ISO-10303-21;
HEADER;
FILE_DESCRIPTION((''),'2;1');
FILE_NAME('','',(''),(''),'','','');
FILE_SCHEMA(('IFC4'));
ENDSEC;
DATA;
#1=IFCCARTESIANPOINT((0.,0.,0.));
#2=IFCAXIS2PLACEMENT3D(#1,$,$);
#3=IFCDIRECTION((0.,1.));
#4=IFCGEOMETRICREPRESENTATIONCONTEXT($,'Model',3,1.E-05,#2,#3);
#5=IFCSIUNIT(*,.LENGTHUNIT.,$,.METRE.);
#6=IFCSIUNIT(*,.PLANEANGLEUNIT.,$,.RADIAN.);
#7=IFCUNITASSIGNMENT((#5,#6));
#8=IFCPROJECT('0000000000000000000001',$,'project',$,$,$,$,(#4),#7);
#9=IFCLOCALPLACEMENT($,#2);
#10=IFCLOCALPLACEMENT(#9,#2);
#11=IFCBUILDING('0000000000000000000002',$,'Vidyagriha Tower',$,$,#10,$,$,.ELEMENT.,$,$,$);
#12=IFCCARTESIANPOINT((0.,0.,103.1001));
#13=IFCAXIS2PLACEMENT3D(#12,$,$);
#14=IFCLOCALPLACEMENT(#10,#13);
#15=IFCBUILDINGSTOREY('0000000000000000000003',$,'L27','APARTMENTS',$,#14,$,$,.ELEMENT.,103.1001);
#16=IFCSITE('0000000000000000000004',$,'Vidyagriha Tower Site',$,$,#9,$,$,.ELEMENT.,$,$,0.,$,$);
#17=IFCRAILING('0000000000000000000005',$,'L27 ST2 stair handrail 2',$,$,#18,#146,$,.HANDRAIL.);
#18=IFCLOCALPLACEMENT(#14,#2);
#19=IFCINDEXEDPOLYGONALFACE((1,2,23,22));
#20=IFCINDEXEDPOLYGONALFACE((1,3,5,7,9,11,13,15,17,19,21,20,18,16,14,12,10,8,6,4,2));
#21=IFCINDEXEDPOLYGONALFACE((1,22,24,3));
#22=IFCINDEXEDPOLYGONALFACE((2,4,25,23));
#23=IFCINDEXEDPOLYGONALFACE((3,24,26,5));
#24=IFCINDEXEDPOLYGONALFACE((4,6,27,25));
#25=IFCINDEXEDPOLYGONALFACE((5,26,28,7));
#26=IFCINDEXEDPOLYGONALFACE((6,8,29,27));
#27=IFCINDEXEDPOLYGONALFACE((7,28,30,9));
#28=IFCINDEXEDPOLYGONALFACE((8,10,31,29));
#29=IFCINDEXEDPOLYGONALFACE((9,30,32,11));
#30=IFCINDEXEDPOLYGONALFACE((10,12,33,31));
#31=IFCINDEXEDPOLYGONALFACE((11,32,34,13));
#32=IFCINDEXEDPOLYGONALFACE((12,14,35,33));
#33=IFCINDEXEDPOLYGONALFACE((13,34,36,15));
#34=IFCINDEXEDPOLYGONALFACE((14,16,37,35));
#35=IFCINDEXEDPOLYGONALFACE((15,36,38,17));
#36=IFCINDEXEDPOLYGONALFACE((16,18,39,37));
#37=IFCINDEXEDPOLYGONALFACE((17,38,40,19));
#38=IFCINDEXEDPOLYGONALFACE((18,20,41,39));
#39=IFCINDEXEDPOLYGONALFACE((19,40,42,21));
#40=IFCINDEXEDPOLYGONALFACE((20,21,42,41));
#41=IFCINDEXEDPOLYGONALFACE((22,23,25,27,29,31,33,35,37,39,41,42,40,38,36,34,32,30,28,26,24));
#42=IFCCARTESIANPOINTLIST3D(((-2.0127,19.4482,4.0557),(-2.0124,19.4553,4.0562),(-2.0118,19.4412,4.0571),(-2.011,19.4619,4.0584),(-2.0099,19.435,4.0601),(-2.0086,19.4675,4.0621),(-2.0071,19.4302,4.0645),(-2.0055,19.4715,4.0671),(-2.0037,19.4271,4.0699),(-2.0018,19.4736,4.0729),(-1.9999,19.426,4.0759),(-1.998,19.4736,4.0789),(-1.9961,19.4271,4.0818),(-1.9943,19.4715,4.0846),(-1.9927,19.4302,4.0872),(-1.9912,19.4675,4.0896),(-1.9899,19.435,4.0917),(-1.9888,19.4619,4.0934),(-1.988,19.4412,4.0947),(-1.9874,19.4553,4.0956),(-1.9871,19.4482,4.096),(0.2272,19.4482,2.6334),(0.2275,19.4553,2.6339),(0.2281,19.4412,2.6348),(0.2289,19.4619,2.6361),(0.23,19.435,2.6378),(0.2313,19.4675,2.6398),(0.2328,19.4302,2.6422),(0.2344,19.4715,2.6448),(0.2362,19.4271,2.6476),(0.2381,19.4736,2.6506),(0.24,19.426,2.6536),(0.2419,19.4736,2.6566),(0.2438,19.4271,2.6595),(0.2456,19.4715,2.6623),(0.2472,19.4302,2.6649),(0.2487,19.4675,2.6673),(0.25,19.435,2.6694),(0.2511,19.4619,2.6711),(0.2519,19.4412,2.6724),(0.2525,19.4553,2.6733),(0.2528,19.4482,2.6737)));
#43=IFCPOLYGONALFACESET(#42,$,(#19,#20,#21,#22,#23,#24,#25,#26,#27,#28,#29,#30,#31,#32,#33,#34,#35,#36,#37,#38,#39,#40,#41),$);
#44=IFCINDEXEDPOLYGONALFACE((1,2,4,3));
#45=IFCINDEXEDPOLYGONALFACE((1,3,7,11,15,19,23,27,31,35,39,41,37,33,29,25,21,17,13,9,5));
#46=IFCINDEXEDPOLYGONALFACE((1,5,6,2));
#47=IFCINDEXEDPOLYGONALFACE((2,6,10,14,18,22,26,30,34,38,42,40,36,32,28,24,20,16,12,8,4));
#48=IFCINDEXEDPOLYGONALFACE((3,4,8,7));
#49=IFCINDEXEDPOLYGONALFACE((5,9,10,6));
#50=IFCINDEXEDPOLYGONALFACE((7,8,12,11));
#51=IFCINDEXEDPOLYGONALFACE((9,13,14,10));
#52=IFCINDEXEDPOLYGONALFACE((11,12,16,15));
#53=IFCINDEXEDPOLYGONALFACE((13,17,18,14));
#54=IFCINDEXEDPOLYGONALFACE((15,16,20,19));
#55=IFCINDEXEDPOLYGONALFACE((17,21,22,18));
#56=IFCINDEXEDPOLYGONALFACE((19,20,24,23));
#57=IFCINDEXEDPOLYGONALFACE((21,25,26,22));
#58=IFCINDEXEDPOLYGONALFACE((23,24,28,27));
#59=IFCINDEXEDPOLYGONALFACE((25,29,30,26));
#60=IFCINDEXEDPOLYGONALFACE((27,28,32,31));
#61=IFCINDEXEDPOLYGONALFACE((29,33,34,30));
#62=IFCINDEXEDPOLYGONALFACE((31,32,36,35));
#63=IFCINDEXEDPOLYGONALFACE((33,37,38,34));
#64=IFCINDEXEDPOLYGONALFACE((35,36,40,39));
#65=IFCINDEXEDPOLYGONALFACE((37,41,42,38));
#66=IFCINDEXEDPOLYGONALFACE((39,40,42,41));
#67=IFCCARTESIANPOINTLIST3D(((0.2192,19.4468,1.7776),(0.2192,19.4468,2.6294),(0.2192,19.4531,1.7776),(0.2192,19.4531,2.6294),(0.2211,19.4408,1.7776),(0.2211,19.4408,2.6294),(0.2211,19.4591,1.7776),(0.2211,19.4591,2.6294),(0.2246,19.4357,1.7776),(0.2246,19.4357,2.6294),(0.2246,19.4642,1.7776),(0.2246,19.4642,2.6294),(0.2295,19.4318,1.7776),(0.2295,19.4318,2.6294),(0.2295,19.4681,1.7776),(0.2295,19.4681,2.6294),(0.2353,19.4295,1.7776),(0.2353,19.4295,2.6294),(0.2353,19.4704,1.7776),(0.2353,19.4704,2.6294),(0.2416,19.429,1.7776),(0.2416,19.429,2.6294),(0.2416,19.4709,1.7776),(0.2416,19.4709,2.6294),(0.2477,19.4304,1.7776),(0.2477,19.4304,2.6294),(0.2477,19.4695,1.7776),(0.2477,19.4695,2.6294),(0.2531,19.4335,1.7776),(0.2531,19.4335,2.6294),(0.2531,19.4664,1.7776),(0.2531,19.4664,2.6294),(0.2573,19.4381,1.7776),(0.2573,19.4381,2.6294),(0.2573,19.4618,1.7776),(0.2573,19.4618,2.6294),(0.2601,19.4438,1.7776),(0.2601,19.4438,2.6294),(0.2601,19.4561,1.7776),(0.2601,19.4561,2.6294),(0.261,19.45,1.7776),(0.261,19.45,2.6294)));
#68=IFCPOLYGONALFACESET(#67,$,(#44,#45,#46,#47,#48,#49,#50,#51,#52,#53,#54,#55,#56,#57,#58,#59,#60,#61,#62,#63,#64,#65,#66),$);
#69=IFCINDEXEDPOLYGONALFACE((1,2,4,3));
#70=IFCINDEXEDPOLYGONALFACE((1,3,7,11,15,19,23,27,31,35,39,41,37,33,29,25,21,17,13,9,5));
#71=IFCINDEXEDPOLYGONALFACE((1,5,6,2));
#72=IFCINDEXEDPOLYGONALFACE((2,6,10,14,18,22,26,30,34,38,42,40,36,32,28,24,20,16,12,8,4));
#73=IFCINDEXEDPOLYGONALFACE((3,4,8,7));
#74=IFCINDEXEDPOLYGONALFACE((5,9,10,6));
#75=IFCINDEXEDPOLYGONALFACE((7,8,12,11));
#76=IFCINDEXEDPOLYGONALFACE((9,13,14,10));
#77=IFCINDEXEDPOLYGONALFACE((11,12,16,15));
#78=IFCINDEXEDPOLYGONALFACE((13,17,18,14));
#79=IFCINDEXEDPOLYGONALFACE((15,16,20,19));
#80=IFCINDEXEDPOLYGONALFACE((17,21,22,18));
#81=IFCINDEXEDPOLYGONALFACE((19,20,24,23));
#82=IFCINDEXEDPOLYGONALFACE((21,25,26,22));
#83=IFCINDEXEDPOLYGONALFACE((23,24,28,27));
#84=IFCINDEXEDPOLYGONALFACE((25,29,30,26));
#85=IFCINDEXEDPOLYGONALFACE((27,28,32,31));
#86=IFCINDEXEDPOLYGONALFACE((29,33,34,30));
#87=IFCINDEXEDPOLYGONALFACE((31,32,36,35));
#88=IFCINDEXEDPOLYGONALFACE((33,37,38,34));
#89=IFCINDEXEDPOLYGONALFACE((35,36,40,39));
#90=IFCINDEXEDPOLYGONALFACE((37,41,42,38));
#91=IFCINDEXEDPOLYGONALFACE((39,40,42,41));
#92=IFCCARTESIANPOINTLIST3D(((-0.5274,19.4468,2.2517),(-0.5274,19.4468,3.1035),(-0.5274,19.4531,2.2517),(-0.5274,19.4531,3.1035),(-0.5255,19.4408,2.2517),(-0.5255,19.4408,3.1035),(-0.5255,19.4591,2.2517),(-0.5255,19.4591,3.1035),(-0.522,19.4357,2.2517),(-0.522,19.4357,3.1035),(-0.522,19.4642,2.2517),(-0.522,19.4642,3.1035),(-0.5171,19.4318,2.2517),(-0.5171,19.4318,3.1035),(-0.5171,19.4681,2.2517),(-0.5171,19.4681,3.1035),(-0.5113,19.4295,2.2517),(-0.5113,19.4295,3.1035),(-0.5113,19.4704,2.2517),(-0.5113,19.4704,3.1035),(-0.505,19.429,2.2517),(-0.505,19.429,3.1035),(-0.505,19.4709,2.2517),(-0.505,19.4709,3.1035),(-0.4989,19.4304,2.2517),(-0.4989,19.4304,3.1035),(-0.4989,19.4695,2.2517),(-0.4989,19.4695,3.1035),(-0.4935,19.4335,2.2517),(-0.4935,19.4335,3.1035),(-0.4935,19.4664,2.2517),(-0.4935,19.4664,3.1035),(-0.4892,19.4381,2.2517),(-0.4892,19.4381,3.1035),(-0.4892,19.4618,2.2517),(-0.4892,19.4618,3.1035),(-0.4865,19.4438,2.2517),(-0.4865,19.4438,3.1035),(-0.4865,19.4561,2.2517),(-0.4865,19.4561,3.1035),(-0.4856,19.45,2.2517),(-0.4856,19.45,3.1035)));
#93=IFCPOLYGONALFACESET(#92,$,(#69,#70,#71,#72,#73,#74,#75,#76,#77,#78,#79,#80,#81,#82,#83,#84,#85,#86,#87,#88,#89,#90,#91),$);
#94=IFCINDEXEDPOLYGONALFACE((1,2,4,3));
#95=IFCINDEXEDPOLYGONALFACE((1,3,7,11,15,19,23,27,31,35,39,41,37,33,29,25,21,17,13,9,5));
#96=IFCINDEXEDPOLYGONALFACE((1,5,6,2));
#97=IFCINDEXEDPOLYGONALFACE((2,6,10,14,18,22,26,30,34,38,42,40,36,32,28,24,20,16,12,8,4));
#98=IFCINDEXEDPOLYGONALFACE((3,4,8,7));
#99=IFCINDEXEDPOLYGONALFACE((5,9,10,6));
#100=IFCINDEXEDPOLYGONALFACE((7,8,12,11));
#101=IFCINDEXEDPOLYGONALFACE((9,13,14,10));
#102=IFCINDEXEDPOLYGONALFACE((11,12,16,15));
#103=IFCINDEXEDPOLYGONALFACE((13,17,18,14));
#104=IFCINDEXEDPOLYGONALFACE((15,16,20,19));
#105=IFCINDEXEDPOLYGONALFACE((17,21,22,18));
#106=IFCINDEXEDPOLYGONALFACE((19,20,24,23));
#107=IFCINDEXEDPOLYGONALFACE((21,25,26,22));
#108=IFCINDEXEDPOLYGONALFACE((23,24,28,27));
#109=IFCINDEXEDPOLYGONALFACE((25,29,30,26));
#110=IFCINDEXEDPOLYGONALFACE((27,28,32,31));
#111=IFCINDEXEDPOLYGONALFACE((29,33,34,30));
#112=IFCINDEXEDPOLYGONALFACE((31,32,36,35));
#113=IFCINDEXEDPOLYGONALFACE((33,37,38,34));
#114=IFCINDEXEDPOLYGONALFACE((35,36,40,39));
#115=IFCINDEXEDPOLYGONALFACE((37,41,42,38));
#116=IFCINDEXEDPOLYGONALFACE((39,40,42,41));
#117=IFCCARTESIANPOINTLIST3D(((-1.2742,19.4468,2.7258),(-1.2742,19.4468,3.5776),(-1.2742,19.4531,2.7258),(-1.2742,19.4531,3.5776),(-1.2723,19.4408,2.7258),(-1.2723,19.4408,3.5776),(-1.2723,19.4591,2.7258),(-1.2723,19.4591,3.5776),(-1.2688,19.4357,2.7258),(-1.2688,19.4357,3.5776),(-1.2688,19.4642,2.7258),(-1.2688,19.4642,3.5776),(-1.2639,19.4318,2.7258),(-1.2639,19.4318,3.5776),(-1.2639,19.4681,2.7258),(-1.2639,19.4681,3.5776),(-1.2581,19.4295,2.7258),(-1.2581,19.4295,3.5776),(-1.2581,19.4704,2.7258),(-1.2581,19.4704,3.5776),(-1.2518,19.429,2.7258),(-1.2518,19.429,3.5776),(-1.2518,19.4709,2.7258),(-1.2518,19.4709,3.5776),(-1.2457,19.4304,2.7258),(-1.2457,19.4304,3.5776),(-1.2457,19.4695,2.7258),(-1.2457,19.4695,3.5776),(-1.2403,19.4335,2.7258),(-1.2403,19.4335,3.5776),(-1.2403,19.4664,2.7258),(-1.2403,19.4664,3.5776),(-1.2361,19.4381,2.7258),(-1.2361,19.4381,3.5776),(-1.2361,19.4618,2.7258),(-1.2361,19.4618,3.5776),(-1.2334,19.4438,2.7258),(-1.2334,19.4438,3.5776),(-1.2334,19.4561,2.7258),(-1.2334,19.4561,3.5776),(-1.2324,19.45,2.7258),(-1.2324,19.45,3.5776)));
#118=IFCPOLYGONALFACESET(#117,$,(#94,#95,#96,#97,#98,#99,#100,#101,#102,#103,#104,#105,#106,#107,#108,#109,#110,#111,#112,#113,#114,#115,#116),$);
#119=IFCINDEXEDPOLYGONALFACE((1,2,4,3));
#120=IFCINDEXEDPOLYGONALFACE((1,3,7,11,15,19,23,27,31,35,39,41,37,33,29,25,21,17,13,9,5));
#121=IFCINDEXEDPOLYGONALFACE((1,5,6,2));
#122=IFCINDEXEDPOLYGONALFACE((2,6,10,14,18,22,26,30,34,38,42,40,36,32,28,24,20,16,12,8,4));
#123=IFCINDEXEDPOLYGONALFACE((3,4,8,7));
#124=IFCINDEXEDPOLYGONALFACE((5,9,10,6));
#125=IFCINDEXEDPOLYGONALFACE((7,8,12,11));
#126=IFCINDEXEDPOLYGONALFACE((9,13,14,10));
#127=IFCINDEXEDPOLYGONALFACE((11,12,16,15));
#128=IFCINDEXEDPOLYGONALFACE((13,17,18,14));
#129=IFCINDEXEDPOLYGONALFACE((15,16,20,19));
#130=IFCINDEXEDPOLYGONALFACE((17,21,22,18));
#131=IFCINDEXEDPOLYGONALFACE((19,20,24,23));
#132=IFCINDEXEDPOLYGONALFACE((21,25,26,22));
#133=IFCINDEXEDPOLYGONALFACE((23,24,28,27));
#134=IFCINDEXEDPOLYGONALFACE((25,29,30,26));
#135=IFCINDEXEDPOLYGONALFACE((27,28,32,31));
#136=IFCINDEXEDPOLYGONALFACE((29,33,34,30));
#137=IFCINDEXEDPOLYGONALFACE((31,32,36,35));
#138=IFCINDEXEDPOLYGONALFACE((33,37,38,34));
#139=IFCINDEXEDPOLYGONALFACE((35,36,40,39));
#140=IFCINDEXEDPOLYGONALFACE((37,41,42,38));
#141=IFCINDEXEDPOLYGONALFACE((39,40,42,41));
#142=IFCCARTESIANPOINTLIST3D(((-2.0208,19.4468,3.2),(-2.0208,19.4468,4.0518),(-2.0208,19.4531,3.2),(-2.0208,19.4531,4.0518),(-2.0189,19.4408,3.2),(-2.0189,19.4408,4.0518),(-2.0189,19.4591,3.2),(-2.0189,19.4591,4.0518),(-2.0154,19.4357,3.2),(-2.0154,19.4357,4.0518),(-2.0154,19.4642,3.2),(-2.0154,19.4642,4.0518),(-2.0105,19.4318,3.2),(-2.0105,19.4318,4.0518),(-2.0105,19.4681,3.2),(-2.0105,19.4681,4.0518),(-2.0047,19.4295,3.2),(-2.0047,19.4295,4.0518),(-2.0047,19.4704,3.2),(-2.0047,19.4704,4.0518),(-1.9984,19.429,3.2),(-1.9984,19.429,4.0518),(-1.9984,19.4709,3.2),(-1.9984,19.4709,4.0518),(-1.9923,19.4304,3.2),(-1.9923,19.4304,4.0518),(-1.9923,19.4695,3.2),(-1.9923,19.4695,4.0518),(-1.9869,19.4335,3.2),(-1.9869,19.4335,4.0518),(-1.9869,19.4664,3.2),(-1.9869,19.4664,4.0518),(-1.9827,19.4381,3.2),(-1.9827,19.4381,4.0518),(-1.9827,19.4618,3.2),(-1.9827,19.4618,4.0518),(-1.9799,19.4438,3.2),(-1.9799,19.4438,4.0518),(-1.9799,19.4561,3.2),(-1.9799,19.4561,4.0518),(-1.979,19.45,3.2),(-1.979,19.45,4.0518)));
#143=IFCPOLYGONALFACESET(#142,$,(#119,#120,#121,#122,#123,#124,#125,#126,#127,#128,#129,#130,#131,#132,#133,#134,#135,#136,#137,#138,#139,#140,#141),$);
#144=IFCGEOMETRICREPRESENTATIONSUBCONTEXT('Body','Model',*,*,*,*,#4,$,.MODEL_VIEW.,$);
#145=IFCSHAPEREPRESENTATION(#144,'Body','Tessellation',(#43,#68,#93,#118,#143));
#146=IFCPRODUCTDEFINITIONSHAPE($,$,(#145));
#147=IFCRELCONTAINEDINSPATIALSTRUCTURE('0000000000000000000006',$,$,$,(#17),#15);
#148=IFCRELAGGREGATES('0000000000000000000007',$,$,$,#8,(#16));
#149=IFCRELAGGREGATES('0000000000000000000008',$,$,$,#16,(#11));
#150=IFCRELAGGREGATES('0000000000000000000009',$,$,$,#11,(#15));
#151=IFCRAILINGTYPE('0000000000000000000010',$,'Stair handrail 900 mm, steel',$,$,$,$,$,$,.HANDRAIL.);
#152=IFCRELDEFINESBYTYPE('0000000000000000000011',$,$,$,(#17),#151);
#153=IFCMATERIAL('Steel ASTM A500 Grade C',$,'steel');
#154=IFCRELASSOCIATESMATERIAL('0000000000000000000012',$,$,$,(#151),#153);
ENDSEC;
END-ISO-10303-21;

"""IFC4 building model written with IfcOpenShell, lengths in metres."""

from ifc_helpers import new_model, si_unit, direction, frame, origin, origin_2d, place, context, subcontext, project, spatial, circle, extrude, material, type_object, element, save


model = new_model("IFC4")

# Units and contexts
model_context = context("Model", 3, precision=1e-05, world=origin(), true_north=direction((0.0, 1.0)))
body_context = subcontext(model_context, "Body", "Model", "MODEL_VIEW")
ifc_project = project(units=[si_unit("LENGTHUNIT", "METRE"), si_unit("PLANEANGLEUNIT", "RADIAN")], contexts=[model_context])

# Site, building, storey
site_placement = place(None, origin())
site = spatial("IfcSite", under=ifc_project, at=site_placement, Name="Vidyagriha Tower Site", CompositionType="ELEMENT", RefElevation=0.0)
building_placement = place(site_placement, origin())
building = spatial("IfcBuilding", under=site, at=building_placement, Name="Vidyagriha Tower", CompositionType="ELEMENT")
storey_placement = place(building_placement, frame((0.0, 0.0, 103.1001)))
storey = spatial("IfcBuildingStorey", under=building, at=storey_placement, Name="L27", Description="APARTMENTS", CompositionType="ELEMENT", Elevation=103.1001)

# Railing
ifc_material_1 = material(Name="Steel ASTM A500 Grade C", Category="steel")
railing_type_1 = type_object("IfcRailingType", Name="Stair handrail 900 mm, steel", PredefinedType="HANDRAIL", material=ifc_material_1)
railing_1_placement = place(storey_placement, frame((0.24, 19.45, 1.7776)))
element("IfcRailing", 1, at=railing_1_placement, inside=storey, type_object=railing_type_1, Name="L27 ST2 stair handrail 2", PredefinedType="HANDRAIL", context=body_context, shape_type="SweptSolid", body=[
    extrude(circle(Radius=0.0239, at=origin_2d()), frame((0.0, 0.0, 0.876), z_axis=(-0.844188, 0.0, 0.536048), x_axis=(0.0, -1.0, 0.0)), (0.0, 0.0, 1.0), 2.6533),
    extrude(circle(Radius=0.021, at=origin_2d()), origin(), (0.0, 0.0, 1.0), 0.8518),
    extrude(circle(Radius=0.021, at=origin_2d()), frame((-0.7466, 0.0, 0.4741)), (0.0, 0.0, 1.0), 0.8518),
    extrude(circle(Radius=0.021, at=origin_2d()), frame((-1.4934, 0.0, 0.9482)), (0.0, 0.0, 1.0), 0.8518),
    extrude(circle(Radius=0.021, at=origin_2d()), frame((-2.24, 0.0, 1.4224)), (0.0, 0.0, 1.0), 0.8518),
])

save(model, "model.ifc")
